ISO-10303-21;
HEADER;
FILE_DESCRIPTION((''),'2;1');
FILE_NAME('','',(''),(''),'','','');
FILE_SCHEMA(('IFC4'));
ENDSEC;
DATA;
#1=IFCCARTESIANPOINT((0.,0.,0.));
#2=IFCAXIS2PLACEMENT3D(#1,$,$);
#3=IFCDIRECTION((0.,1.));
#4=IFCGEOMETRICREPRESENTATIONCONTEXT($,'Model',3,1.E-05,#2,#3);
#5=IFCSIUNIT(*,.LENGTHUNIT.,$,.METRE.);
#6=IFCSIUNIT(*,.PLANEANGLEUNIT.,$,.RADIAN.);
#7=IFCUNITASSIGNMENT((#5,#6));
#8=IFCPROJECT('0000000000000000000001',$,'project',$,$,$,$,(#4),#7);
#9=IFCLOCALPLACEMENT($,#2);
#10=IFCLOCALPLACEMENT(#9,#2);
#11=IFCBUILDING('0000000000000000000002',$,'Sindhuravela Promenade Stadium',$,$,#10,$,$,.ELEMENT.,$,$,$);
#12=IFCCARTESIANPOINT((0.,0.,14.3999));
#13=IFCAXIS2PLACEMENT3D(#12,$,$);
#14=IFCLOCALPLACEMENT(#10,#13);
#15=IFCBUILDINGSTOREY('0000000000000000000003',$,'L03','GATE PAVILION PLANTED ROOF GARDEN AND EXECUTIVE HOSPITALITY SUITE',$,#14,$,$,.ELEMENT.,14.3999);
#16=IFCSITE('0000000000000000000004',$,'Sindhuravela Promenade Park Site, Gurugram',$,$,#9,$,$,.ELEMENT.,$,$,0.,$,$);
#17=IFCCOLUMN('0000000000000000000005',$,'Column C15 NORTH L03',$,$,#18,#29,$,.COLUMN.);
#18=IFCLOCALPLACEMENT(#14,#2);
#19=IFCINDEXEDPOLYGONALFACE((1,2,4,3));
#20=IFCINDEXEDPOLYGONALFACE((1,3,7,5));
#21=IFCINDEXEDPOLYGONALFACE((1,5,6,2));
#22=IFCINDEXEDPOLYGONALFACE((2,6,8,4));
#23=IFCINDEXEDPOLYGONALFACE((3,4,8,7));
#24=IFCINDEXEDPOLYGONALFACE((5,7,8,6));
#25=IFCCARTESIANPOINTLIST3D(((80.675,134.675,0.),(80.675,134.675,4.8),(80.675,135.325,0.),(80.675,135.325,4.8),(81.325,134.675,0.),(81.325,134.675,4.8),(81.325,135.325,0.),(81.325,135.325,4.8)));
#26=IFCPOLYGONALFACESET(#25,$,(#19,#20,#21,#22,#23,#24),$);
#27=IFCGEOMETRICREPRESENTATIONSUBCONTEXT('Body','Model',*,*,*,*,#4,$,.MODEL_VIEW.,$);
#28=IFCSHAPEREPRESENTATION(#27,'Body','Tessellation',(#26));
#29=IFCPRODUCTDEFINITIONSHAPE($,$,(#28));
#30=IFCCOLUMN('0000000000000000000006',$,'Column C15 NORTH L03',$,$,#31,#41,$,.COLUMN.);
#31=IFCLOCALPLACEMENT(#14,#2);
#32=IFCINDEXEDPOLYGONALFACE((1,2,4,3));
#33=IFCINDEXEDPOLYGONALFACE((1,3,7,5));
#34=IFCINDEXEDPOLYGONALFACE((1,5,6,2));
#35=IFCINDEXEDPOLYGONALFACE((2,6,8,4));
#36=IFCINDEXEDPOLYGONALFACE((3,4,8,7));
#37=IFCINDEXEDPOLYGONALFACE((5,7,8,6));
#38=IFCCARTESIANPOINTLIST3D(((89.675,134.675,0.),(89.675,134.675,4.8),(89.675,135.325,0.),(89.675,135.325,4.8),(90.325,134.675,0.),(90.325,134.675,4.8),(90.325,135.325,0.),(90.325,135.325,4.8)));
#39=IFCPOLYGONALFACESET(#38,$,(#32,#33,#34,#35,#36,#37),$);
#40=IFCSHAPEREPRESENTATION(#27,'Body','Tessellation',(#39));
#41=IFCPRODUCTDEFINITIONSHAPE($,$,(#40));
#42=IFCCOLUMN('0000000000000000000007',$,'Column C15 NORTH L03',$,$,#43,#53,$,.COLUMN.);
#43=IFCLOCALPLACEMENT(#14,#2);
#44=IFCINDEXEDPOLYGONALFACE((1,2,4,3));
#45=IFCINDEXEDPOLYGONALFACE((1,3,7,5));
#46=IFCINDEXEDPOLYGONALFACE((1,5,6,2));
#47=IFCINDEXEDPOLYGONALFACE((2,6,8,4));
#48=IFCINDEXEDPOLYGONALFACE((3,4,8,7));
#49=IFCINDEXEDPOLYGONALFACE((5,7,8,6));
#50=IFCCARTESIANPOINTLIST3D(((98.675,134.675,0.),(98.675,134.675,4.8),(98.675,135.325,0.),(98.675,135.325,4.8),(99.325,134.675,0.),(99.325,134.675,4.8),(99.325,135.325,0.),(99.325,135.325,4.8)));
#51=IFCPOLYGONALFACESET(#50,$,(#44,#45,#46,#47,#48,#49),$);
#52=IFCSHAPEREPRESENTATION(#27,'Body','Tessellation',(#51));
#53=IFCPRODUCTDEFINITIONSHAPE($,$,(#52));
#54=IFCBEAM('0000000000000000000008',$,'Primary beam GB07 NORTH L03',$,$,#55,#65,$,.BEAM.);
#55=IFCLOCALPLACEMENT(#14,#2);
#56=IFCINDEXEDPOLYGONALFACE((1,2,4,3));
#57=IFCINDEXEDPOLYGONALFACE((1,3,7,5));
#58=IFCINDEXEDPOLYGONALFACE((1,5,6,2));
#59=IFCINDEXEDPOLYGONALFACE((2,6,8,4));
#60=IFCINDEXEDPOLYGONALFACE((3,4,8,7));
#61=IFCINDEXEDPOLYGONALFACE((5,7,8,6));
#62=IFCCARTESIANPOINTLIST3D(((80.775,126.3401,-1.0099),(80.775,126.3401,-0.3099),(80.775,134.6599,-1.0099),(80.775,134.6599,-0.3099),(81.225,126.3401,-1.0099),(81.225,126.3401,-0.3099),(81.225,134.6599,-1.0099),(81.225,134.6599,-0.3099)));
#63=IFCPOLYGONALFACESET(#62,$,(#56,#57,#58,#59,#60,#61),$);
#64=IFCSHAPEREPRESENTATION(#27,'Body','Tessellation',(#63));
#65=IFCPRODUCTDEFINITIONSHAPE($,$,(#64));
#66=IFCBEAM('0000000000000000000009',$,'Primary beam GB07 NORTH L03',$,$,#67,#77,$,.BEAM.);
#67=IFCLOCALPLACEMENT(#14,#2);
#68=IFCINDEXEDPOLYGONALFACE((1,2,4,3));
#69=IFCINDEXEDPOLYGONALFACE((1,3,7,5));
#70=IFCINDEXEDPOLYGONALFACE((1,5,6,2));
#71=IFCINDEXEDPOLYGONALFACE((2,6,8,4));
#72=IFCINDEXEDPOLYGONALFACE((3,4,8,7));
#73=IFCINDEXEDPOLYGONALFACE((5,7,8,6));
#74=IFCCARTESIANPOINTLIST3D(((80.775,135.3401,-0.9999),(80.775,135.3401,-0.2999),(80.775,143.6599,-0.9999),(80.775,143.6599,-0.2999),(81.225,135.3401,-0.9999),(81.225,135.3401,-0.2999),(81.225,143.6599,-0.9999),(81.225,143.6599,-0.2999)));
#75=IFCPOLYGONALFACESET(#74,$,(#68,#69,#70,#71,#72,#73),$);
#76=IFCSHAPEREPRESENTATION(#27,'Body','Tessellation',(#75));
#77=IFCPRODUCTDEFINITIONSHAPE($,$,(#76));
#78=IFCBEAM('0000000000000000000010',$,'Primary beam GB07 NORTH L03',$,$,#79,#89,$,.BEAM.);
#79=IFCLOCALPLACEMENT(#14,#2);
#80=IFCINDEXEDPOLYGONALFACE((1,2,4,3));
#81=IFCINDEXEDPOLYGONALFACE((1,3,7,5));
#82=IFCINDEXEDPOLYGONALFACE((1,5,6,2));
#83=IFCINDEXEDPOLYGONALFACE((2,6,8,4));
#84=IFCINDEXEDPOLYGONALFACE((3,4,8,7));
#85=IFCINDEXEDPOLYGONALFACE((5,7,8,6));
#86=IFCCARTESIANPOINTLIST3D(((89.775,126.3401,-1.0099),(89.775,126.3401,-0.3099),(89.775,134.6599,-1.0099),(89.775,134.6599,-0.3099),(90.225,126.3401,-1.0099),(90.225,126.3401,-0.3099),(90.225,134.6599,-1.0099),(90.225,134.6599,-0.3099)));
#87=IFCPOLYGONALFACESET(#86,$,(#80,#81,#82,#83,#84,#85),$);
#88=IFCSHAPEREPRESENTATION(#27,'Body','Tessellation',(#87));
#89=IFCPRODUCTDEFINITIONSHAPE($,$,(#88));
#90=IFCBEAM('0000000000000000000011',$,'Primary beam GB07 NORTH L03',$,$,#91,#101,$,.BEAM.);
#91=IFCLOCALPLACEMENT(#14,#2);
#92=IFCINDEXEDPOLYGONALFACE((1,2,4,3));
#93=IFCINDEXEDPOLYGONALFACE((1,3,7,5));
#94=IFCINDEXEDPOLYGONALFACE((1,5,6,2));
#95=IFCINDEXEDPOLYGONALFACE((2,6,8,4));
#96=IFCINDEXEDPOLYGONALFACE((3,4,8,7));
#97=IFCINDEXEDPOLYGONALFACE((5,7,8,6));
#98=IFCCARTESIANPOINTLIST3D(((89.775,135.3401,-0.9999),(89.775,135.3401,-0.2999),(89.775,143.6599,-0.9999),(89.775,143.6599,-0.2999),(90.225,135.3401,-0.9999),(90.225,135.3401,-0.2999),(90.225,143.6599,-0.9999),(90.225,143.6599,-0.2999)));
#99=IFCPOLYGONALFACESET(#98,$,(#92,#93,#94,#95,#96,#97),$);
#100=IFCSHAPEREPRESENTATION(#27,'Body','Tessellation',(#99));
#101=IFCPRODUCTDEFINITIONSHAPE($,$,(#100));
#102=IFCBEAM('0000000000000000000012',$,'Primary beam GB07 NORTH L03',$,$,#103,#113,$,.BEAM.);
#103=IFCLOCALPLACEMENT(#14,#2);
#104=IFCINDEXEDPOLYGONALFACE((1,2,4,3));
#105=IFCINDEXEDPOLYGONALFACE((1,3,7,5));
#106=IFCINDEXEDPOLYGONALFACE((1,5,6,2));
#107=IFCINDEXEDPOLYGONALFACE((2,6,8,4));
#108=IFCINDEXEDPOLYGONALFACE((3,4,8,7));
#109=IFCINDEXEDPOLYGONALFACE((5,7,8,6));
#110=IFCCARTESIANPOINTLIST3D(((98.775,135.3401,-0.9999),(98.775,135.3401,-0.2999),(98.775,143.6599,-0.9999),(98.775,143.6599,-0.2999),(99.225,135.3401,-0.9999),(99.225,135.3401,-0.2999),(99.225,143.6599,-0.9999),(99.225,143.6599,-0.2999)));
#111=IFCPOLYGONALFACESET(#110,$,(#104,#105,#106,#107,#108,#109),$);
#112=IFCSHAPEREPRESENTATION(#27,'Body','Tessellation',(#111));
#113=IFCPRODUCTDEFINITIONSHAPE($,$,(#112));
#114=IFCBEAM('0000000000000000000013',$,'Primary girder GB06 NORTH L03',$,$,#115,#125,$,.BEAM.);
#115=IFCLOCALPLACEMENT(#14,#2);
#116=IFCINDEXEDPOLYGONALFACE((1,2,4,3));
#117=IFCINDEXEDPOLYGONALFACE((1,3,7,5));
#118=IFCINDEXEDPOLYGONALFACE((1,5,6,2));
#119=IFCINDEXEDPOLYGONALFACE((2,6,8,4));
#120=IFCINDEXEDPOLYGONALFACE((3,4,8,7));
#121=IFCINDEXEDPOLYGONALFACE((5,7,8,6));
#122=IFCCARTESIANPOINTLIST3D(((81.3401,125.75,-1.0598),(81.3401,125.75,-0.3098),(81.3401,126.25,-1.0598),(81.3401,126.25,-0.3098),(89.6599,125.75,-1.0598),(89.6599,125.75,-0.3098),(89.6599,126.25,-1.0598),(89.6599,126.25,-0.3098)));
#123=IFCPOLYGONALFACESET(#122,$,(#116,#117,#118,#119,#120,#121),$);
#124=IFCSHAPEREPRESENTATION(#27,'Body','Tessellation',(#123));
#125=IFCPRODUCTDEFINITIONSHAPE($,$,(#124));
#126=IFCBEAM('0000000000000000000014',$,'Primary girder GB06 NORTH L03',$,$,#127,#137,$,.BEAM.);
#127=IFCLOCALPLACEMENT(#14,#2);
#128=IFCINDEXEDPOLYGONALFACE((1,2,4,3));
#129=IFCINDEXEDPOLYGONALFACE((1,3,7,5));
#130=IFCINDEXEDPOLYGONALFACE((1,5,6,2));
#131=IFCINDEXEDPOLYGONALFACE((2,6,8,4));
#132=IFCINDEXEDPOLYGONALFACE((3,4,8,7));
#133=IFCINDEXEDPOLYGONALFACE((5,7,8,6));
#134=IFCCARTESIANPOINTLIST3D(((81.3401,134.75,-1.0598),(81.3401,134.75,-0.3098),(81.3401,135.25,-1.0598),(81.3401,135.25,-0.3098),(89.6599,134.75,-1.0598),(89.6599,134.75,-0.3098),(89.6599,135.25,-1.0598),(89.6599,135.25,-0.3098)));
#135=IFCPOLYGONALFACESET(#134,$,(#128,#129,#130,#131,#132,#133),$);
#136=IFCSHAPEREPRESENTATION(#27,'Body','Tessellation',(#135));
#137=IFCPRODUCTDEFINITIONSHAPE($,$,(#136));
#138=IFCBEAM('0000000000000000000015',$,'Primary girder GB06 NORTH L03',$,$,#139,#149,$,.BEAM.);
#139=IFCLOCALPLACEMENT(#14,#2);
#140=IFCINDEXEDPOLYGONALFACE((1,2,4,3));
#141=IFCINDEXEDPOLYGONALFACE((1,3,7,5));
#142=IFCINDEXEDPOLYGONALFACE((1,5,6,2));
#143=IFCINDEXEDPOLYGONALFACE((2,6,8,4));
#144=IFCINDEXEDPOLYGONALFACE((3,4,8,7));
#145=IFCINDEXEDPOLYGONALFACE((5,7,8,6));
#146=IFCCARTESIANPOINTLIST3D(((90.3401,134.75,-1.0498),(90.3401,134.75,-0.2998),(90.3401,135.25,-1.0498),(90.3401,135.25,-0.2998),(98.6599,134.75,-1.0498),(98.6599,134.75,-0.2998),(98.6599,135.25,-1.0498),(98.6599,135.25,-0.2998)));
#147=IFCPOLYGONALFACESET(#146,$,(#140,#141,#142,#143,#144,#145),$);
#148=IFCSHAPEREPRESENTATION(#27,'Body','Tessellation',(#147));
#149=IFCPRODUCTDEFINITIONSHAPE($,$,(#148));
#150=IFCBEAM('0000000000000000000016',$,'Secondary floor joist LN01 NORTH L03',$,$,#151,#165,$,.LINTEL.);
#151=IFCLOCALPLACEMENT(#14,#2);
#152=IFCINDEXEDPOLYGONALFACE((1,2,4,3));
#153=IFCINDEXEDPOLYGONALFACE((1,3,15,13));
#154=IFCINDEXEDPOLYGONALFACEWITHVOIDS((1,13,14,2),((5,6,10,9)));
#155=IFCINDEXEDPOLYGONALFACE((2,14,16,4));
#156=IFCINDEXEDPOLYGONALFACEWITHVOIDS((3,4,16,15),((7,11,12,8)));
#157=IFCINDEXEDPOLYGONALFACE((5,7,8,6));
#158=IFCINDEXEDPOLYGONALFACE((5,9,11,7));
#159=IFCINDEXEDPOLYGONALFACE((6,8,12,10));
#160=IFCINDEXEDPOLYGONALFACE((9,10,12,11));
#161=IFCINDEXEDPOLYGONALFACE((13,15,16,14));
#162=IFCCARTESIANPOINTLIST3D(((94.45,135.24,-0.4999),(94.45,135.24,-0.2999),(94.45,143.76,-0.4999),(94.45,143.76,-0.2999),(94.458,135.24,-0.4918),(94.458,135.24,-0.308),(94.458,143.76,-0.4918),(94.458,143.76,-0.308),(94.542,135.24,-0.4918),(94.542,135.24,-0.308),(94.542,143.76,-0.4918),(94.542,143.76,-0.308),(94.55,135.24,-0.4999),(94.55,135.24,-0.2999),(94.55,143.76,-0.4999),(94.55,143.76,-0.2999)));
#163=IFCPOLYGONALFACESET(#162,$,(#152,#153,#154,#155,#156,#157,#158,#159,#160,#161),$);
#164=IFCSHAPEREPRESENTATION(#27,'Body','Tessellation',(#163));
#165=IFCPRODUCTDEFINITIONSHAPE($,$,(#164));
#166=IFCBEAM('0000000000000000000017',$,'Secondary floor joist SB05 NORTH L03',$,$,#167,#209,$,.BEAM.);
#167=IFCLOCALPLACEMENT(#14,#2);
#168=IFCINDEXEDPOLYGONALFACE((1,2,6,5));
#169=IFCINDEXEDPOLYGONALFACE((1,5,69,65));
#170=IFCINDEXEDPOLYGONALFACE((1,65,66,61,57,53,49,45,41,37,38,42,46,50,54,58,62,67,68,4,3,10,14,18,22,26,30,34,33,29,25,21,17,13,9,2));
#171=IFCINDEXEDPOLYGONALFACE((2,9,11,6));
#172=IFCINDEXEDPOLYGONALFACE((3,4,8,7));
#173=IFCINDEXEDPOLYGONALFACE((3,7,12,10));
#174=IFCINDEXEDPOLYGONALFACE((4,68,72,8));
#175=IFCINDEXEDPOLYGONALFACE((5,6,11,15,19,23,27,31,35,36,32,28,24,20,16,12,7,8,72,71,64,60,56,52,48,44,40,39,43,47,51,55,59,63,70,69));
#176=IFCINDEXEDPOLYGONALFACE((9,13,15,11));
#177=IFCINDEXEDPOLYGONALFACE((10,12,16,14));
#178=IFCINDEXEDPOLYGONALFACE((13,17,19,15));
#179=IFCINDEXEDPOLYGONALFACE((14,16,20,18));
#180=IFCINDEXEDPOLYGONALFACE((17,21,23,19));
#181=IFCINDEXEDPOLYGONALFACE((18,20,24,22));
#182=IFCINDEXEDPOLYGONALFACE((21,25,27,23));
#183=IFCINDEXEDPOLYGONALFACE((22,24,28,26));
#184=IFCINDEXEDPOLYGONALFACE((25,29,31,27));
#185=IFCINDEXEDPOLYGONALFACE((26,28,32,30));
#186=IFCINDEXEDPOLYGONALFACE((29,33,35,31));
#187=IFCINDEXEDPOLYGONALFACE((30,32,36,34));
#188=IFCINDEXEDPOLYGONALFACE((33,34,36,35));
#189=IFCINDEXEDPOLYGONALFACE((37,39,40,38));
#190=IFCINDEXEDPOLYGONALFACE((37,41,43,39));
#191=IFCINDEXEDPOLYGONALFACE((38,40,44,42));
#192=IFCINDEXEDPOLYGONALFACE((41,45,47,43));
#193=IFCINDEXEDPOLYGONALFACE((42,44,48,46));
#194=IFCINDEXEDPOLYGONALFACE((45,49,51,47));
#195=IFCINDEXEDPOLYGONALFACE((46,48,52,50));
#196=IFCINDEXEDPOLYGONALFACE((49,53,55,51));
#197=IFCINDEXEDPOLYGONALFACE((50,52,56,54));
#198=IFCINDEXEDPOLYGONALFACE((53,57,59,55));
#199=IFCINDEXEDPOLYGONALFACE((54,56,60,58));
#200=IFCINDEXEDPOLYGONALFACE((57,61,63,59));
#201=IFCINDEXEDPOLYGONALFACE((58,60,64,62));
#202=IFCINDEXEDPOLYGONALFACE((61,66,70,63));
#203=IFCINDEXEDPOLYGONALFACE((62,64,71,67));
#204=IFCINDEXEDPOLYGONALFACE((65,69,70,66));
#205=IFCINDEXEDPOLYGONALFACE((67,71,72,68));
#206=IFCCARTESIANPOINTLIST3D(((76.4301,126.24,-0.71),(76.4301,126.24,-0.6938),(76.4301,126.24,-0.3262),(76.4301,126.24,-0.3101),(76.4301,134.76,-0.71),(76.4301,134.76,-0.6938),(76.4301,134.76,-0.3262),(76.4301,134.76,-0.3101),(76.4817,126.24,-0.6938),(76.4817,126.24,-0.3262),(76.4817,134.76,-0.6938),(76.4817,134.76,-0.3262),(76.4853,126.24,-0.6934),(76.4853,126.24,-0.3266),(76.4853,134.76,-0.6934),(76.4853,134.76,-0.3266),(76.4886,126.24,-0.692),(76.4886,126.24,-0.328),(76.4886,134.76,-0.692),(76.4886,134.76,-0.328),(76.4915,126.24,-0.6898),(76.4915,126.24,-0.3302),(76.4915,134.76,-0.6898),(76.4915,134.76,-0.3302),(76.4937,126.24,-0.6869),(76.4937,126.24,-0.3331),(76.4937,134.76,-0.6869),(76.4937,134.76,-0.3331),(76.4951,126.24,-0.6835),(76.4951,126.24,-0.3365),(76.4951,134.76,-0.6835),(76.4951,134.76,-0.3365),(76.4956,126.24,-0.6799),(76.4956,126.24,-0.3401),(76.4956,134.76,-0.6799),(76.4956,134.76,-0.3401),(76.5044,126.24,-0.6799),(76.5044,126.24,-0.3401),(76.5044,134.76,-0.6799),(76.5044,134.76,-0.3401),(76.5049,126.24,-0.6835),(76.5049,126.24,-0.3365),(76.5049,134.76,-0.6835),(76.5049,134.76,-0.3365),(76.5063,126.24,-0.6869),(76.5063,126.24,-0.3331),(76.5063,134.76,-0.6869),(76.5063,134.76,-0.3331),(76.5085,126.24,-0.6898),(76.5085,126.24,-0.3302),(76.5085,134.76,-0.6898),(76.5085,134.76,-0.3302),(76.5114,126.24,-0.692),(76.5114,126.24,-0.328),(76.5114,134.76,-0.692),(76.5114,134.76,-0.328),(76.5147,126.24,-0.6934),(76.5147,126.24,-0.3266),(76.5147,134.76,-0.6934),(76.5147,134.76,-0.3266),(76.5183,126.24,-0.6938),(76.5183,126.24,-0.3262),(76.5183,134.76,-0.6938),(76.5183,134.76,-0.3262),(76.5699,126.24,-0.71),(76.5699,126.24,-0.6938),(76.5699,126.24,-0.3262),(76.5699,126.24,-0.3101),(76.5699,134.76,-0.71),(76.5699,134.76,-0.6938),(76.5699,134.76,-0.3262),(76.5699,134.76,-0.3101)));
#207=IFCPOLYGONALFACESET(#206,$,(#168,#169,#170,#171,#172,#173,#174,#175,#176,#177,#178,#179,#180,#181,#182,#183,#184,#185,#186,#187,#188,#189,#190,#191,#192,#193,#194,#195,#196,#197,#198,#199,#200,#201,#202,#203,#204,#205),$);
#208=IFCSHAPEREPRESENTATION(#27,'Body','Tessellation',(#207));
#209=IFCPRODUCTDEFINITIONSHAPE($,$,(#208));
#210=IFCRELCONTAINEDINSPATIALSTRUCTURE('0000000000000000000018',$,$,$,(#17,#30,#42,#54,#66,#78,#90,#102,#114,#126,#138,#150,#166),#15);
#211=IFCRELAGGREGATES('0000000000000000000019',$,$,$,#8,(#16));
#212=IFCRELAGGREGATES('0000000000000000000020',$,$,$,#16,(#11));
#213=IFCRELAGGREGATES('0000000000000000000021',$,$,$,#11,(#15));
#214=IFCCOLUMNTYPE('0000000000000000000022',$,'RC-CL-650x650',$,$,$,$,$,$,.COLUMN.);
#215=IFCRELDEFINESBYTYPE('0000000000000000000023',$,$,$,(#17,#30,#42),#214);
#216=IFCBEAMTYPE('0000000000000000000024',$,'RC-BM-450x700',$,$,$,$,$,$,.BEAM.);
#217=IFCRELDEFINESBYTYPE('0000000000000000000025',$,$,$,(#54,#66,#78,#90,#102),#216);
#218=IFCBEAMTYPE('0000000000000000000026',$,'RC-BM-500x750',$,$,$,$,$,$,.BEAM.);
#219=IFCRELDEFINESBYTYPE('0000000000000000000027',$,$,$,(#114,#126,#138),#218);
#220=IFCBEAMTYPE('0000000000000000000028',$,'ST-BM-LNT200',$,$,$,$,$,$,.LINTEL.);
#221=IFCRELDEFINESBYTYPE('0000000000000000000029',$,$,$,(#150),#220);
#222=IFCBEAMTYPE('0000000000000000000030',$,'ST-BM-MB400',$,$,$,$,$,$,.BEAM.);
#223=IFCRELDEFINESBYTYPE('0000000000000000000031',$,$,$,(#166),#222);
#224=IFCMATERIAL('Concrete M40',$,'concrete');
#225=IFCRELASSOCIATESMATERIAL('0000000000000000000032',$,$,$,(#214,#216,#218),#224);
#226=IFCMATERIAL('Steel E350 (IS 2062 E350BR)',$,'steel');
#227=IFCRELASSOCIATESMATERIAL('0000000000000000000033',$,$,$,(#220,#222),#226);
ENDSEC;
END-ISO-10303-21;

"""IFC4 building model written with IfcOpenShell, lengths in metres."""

from ifc_helpers import new_model, si_unit, direction, frame, origin, origin_2d, place, context, subcontext, project, spatial, rectangle, hollow_rectangle, i_section, extrude, material, material_profile, profile_set, type_object, element, save


model = new_model("IFC4")

# Units and contexts
model_context = context("Model", 3, precision=1e-05, world=origin(), true_north=direction((0.0, 1.0)))
body_context = subcontext(model_context, "Body", "Model", "MODEL_VIEW")
ifc_project = project(units=[si_unit("LENGTHUNIT", "METRE"), si_unit("PLANEANGLEUNIT", "RADIAN")], contexts=[model_context])

# Site, building, storey
site_placement = place(None, origin())
site = spatial("IfcSite", under=ifc_project, at=site_placement, Name="Sindhuravela Promenade Park Site, Gurugram", CompositionType="ELEMENT", RefElevation=0.0)
building_placement = place(site_placement, origin())
building = spatial("IfcBuilding", under=site, at=building_placement, Name="Sindhuravela Promenade Stadium", CompositionType="ELEMENT")
storey_placement = place(building_placement, frame((0.0, 0.0, 14.3999)))
storey = spatial("IfcBuildingStorey", under=building, at=storey_placement, Name="L03", Description="GATE PAVILION PLANTED ROOF GARDEN AND EXECUTIVE HOSPITALITY SUITE", CompositionType="ELEMENT", Elevation=14.3999)

# Columns
ifc_material_1 = material(Name="Concrete M40", Category="concrete")
ifc_material_profile_1 = material_profile(ifc_material_1, rectangle(XDim=0.6499, YDim=0.6499, at=origin_2d()), Name="RC 650x650")
ifc_profile_set_1 = profile_set([ifc_material_profile_1], Name="Concrete M40")
column_type = type_object("IfcColumnType", Name="RC-CL-650x650", PredefinedType="COLUMN", material=ifc_profile_set_1)
for number, where, z_axis, x_axis, name in (
    (1, (81.0, 135.0, 0.0), (0.0, 0.0, 1.0), (1.0, 0.0, 0.0), "Column C15 NORTH L03"),
    (2, (90.0, 135.0, 0.0), (0.0, 0.0, 1.0), (1.0, 0.0, 0.0), "Column C15 NORTH L03"),
    (3, (99.0, 135.0, 0.0), (0.0, 0.0, 1.0), (1.0, 0.0, 0.0), "Column C15 NORTH L03"),
):
    element("IfcColumn", number, at=place(storey_placement, frame(where, z_axis=z_axis, x_axis=x_axis)), inside=storey, type_object=column_type, Name=name, PredefinedType="COLUMN", context=body_context, shape_type="SweptSolid", body=[
        extrude(rectangle(XDim=0.6499, YDim=0.6499, at=origin_2d()), origin(), (0.0, 0.0, 1.0), 4.8),
    ])

# Beams
ifc_material_profile_2 = material_profile(ifc_material_1, rectangle(XDim=0.45, YDim=0.7, at=origin_2d()), Name="RC 450x700")
ifc_profile_set_2 = profile_set([ifc_material_profile_2], Name="Concrete M40")
beam_type_1 = type_object("IfcBeamType", Name="RC-BM-450x700", PredefinedType="BEAM", material=ifc_profile_set_2)
for number, where, z_axis, x_axis, name in (
    (4, (81.0, 126.3401, -0.6599), (0.0, 1.0, 0.0), (-1.0, 0.0, 0.0), "Primary beam GB07 NORTH L03"),
    (5, (81.0, 135.3401, -0.6499), (0.0, 1.0, 0.0), (-1.0, 0.0, 0.0), "Primary beam GB07 NORTH L03"),
    (6, (90.0, 126.3401, -0.6599), (0.0, 1.0, 0.0), (-1.0, 0.0, 0.0), "Primary beam GB07 NORTH L03"),
    (7, (90.0, 135.3401, -0.6499), (0.0, 1.0, 0.0), (-1.0, 0.0, 0.0), "Primary beam GB07 NORTH L03"),
    (8, (99.0, 135.3401, -0.6499), (0.0, 1.0, 0.0), (-1.0, 0.0, 0.0), "Primary beam GB07 NORTH L03"),
):
    element("IfcBeam", number, at=place(storey_placement, frame(where, z_axis=z_axis, x_axis=x_axis)), inside=storey, type_object=beam_type_1, Name=name, PredefinedType="BEAM", context=body_context, shape_type="SweptSolid", body=[
        extrude(rectangle(XDim=0.45, YDim=0.7, at=origin_2d()), origin(), (0.0, 0.0, 1.0), 8.3198),
    ])
ifc_material_profile_3 = material_profile(ifc_material_1, rectangle(XDim=0.5, YDim=0.75, at=origin_2d()), Name="RC 500x750")
ifc_profile_set_3 = profile_set([ifc_material_profile_3], Name="Concrete M40")
beam_type_2 = type_object("IfcBeamType", Name="RC-BM-500x750", PredefinedType="BEAM", material=ifc_profile_set_3)
for number, where, z_axis, x_axis, name in (
    (9, (81.3401, 126.0, -0.6848), (1.0, 0.0, 0.0), (0.0, 1.0, 0.0), "Primary girder GB06 NORTH L03"),
    (10, (81.3401, 135.0, -0.6848), (1.0, 0.0, 0.0), (0.0, 1.0, 0.0), "Primary girder GB06 NORTH L03"),
    (11, (90.3401, 135.0, -0.6748), (1.0, 0.0, 0.0), (0.0, 1.0, 0.0), "Primary girder GB06 NORTH L03"),
):
    element("IfcBeam", number, at=place(storey_placement, frame(where, z_axis=z_axis, x_axis=x_axis)), inside=storey, type_object=beam_type_2, Name=name, PredefinedType="BEAM", context=body_context, shape_type="SweptSolid", body=[
        extrude(rectangle(XDim=0.5, YDim=0.75, at=origin_2d()), origin(), (0.0, 0.0, 1.0), 8.3198),
    ])
ifc_material_2 = material(Name="Steel E350 (IS 2062 E350BR)", Category="steel")
ifc_material_profile_4 = material_profile(ifc_material_2, hollow_rectangle(XDim=0.1001, YDim=0.2, WallThickness=0.0081, at=origin_2d()), Name="RHS 200x100x8")
ifc_profile_set_4 = profile_set([ifc_material_profile_4], Name="Steel E350 (IS 2062 E350BR)")
beam_type_3 = type_object("IfcBeamType", Name="ST-BM-LNT200", PredefinedType="LINTEL", material=ifc_profile_set_4)
beam_1_placement = place(storey_placement, frame((94.5, 135.24, -0.3999), z_axis=(0.0, 1.0, 0.0), x_axis=(-1.0, 0.0, 0.0)))
element("IfcBeam", 12, at=beam_1_placement, inside=storey, type_object=beam_type_3, Name="Secondary floor joist LN01 NORTH L03", PredefinedType="LINTEL", context=body_context, shape_type="SweptSolid", body=[
    extrude(hollow_rectangle(XDim=0.1001, YDim=0.2, WallThickness=0.0081, at=origin_2d()), origin(), (0.0, 0.0, 1.0), 8.52),
])
ifc_material_profile_5 = material_profile(ifc_material_2, i_section(OverallWidth=0.1399, OverallDepth=0.3999, WebThickness=0.0088, FlangeThickness=0.0161, FilletRadius=0.0139, at=origin_2d()), Name="ISMB 400")
ifc_profile_set_5 = profile_set([ifc_material_profile_5], Name="Steel E350 (IS 2062 E350BR)")
beam_type_4 = type_object("IfcBeamType", Name="ST-BM-MB400", PredefinedType="BEAM", material=ifc_profile_set_5)
beam_2_placement = place(storey_placement, frame((76.5, 126.24, -0.51), z_axis=(0.0, 1.0, 0.0), x_axis=(-1.0, 0.0, 0.0)))
element("IfcBeam", 13, at=beam_2_placement, inside=storey, type_object=beam_type_4, Name="Secondary floor joist SB05 NORTH L03", PredefinedType="BEAM", context=body_context, shape_type="SweptSolid", body=[
    extrude(i_section(OverallWidth=0.1399, OverallDepth=0.3999, WebThickness=0.0088, FlangeThickness=0.0161, FilletRadius=0.0139, at=origin_2d()), origin(), (0.0, 0.0, 1.0), 8.52),
])

save(model, "model.ifc")
